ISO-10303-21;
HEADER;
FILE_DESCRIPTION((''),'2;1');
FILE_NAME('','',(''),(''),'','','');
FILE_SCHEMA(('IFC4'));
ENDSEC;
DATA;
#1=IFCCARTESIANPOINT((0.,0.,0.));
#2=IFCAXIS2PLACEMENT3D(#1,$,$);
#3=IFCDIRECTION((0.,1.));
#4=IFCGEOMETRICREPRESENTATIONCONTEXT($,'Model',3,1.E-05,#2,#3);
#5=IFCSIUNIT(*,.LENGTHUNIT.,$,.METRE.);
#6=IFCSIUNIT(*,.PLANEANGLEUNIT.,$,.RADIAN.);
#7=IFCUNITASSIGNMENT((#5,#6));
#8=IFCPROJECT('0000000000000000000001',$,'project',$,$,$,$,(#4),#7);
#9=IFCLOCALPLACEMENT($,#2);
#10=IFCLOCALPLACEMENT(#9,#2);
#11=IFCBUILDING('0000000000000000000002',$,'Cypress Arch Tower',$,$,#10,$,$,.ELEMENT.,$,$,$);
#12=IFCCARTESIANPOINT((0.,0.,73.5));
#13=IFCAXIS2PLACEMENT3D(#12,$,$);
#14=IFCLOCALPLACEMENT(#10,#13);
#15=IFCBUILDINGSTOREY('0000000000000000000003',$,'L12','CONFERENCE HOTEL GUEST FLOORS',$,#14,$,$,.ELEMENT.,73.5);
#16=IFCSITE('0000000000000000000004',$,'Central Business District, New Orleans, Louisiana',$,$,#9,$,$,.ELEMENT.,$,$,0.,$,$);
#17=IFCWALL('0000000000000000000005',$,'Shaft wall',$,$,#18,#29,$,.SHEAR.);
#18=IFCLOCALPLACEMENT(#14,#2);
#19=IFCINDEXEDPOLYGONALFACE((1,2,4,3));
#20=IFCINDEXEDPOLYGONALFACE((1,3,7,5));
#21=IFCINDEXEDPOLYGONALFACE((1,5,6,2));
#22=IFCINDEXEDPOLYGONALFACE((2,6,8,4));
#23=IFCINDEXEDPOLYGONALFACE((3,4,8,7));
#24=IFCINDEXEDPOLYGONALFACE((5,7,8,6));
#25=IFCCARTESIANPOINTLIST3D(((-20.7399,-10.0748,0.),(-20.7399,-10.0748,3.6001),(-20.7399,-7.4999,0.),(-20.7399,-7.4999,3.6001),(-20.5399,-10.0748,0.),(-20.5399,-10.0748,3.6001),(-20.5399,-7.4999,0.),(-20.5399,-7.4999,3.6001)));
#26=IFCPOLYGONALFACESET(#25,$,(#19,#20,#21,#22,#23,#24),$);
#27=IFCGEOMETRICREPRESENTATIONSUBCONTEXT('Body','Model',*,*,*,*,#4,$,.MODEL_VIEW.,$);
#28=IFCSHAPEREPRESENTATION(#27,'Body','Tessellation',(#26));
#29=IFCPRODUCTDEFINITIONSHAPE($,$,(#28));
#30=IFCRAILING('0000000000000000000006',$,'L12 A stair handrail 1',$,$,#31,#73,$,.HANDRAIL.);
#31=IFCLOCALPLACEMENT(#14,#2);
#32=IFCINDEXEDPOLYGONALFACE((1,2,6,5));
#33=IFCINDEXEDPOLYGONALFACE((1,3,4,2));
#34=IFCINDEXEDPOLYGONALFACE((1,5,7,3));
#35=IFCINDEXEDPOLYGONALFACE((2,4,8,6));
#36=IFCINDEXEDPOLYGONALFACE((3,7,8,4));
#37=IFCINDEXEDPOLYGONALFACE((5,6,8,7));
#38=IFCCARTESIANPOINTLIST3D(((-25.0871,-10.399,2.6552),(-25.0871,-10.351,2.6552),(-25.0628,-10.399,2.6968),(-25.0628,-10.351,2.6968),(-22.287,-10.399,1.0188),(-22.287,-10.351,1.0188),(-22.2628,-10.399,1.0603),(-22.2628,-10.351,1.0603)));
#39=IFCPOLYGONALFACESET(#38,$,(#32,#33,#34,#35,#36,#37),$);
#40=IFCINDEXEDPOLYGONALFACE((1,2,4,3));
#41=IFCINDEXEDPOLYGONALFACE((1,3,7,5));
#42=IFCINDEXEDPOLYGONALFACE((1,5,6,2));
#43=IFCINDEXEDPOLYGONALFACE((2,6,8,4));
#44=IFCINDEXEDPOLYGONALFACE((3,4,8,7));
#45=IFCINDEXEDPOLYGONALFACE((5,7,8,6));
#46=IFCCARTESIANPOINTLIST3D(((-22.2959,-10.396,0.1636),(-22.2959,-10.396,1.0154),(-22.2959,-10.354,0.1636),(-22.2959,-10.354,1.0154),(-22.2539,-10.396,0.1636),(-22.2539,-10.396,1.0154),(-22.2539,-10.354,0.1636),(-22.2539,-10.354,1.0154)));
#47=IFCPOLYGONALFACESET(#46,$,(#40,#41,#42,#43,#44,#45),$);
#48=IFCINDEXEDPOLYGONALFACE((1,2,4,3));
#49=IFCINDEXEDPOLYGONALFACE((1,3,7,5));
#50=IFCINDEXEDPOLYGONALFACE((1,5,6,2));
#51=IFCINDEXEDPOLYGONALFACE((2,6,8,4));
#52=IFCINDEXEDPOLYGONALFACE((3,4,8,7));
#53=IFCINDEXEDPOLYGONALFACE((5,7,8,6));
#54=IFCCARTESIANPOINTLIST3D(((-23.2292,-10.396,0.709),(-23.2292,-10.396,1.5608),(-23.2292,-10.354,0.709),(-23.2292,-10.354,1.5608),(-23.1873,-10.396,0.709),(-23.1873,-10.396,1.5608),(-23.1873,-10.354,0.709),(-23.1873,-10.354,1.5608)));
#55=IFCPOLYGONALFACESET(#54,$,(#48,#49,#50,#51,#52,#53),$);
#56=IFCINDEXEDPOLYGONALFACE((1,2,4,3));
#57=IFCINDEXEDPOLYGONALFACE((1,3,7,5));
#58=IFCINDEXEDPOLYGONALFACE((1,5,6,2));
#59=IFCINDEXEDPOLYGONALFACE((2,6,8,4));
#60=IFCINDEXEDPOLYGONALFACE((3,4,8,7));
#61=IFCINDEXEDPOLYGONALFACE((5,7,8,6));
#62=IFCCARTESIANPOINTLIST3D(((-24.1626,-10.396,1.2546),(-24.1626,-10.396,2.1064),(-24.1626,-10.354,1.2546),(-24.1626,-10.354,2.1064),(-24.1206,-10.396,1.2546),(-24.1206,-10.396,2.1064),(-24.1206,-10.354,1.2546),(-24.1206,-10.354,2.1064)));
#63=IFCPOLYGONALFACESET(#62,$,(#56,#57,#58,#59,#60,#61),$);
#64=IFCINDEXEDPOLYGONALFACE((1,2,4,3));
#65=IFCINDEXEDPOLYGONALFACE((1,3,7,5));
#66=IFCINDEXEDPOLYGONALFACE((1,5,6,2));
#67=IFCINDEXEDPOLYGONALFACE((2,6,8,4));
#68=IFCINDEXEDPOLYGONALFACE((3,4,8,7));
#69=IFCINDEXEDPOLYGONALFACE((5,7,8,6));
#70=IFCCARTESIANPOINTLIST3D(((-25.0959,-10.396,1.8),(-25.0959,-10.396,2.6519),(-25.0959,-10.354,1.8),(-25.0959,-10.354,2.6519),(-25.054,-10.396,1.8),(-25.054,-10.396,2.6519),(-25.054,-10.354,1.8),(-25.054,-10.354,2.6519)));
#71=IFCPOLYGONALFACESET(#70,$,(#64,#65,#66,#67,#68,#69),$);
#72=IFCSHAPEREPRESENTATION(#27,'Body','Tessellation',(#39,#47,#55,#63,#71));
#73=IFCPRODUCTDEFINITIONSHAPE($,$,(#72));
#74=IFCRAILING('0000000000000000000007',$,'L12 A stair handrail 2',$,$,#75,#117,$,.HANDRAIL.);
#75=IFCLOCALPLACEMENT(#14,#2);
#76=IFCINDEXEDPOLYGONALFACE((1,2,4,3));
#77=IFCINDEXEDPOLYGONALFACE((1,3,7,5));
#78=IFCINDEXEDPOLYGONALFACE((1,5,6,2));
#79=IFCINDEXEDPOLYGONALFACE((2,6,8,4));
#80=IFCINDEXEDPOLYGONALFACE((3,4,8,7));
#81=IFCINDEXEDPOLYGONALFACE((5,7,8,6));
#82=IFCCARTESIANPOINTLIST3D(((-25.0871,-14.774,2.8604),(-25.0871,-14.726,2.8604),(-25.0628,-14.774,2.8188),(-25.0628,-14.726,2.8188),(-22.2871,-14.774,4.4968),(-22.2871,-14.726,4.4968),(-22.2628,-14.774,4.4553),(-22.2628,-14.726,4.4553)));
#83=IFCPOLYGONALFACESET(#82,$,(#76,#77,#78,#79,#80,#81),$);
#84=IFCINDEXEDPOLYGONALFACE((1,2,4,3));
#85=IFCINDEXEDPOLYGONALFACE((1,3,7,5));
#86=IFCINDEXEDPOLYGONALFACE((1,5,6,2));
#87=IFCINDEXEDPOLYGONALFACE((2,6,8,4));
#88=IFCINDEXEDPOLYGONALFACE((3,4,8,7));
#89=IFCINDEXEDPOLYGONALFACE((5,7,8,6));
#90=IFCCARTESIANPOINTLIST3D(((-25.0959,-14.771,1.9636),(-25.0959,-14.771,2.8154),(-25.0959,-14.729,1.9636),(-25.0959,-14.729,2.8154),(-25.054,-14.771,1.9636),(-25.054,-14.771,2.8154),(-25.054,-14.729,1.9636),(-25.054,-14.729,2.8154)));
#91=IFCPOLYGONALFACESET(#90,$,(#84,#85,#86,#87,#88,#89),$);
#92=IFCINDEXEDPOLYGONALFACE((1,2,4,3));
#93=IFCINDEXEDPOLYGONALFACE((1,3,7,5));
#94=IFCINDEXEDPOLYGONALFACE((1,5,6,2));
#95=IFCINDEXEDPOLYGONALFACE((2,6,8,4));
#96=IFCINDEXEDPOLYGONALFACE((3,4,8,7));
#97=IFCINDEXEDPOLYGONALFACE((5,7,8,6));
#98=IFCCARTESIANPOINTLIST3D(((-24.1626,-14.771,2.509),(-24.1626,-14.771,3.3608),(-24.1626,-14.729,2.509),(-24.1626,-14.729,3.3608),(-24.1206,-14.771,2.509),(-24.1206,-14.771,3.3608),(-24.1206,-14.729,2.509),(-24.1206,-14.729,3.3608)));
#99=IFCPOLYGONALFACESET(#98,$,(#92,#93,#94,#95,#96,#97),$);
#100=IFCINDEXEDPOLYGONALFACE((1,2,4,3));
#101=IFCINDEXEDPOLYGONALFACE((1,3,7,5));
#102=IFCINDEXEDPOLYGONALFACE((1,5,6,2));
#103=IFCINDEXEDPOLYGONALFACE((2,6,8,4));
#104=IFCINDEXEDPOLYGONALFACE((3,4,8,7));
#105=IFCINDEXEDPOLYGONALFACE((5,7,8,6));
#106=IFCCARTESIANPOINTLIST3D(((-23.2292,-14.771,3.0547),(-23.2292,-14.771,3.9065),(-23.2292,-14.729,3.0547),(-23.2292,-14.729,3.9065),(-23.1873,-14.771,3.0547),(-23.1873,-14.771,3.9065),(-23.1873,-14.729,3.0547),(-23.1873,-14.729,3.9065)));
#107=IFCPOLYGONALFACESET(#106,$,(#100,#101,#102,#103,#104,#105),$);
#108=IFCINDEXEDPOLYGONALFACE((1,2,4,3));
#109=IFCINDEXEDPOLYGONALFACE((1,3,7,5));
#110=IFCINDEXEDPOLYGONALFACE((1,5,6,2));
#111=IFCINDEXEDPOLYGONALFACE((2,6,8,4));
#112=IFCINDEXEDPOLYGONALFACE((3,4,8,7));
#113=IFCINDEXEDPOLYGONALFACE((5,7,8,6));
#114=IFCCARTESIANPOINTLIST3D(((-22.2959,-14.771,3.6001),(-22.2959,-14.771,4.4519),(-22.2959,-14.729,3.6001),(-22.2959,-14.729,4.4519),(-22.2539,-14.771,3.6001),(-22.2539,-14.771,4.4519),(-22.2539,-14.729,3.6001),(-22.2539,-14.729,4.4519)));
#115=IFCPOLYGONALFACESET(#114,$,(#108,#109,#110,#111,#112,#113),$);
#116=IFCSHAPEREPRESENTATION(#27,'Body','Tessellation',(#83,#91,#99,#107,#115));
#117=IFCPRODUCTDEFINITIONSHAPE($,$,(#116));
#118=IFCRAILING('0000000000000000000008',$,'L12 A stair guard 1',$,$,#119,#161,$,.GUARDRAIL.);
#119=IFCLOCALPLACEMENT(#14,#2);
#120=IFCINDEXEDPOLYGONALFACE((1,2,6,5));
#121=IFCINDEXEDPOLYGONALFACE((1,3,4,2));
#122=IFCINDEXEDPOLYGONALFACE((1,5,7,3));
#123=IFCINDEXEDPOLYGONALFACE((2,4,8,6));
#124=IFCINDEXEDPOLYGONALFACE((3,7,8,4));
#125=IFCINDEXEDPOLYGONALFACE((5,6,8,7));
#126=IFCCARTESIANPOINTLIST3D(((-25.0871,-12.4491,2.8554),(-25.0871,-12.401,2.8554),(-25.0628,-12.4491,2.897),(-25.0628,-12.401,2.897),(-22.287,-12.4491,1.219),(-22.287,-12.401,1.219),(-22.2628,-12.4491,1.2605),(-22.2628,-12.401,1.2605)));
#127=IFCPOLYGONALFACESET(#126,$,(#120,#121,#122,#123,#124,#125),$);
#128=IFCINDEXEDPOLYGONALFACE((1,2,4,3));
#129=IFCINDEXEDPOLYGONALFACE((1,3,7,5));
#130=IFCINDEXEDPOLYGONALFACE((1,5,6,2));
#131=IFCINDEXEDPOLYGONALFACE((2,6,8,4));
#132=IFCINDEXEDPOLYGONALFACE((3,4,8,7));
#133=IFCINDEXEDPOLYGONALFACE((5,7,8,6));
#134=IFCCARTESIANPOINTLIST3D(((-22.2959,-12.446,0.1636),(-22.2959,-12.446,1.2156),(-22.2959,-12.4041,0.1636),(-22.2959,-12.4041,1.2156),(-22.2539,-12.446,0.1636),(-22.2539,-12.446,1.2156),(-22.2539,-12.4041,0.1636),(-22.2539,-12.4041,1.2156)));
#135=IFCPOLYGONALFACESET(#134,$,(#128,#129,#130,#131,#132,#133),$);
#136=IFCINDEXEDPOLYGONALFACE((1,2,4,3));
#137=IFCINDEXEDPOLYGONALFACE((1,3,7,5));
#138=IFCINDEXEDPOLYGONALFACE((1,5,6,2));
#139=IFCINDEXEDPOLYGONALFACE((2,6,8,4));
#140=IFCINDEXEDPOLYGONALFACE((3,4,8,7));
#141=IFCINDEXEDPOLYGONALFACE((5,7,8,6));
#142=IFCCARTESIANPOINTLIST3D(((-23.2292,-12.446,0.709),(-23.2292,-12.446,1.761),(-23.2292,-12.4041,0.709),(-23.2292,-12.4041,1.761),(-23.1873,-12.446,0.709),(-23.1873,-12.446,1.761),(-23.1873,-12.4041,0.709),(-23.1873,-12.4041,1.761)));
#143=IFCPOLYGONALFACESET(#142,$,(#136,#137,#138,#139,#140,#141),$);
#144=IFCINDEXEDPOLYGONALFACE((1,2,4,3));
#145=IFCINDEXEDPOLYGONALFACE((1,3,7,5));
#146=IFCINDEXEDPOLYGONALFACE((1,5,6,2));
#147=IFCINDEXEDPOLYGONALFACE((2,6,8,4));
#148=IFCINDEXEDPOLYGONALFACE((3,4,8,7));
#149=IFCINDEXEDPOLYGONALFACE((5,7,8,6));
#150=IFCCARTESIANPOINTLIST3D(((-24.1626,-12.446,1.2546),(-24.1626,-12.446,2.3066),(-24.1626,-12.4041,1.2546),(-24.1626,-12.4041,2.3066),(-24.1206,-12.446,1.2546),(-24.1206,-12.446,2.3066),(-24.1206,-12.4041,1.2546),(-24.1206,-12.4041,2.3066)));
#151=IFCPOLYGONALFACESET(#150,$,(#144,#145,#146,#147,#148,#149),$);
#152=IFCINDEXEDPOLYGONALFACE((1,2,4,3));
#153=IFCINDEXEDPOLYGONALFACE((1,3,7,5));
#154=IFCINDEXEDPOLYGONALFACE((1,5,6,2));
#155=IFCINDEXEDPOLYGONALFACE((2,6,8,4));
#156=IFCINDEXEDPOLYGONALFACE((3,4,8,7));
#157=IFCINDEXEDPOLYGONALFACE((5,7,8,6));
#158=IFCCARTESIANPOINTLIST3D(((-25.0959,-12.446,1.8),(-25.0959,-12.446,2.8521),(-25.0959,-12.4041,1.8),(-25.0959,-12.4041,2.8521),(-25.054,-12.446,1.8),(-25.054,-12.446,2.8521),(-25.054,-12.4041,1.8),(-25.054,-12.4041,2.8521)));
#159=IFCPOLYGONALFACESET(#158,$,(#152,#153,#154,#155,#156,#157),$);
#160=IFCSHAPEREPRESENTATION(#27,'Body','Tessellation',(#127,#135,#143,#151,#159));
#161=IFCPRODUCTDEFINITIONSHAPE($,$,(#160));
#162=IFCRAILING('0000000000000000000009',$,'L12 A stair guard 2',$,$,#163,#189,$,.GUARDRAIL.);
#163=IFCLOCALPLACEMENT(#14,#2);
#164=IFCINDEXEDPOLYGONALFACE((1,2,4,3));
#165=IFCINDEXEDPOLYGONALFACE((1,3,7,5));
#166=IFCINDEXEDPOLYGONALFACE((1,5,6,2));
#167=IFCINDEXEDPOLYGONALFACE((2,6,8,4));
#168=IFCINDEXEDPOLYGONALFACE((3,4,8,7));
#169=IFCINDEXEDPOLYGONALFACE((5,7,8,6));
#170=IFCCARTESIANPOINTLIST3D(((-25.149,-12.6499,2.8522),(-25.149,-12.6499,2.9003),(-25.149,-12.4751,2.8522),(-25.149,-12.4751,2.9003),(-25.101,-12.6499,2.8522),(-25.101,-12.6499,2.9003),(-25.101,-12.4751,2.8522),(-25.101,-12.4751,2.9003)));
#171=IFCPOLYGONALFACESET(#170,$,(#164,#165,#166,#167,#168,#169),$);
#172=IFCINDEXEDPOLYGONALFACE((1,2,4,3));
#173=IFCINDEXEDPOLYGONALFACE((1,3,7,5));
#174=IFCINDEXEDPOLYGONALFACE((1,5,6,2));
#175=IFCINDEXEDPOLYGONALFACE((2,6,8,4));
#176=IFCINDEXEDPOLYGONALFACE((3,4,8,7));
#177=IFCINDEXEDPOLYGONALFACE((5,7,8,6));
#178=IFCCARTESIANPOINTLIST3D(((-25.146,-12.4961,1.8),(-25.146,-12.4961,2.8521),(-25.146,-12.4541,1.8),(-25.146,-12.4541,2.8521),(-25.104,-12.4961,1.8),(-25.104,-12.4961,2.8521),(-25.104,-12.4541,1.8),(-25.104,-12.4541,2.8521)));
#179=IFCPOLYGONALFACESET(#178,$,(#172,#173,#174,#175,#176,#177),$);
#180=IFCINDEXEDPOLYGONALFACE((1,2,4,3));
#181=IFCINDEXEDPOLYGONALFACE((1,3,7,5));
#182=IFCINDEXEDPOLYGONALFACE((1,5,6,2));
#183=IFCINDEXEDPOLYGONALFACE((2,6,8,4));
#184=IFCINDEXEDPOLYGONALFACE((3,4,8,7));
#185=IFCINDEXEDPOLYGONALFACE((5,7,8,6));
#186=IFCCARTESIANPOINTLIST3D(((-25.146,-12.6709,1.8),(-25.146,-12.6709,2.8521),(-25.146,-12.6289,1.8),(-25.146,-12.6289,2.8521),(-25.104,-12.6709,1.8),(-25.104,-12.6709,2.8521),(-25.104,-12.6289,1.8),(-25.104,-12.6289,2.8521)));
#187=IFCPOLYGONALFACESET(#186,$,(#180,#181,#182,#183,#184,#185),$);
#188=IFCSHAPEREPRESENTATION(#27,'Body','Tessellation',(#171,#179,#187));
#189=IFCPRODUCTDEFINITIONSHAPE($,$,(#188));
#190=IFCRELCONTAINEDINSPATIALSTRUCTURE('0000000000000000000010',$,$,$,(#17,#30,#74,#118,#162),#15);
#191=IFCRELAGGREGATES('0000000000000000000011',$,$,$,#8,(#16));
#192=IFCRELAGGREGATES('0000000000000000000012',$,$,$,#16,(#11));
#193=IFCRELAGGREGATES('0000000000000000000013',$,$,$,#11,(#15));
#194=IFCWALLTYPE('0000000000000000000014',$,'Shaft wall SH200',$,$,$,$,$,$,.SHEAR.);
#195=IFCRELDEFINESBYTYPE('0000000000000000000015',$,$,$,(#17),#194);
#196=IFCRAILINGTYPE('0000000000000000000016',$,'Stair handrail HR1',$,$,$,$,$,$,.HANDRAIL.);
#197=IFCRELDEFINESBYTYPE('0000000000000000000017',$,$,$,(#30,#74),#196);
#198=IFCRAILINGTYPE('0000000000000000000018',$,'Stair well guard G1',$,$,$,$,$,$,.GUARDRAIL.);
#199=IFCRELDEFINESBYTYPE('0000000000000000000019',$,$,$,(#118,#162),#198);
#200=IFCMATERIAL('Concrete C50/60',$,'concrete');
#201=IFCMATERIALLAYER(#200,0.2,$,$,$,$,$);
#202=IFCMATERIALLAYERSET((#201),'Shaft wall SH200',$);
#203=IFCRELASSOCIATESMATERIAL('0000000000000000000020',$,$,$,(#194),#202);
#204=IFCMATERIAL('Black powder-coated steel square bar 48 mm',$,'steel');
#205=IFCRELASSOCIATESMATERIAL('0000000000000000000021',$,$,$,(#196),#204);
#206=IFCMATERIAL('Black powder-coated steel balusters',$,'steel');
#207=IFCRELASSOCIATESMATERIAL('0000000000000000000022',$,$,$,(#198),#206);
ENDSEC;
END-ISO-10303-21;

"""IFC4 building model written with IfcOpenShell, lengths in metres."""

from ifc_helpers import new_model, si_unit, direction, frame, frame_2d, origin, origin_2d, place, context, subcontext, project, spatial, rectangle, extrude, material, layer, layer_set, type_object, element, save


model = new_model("IFC4")

# Units and contexts
model_context = context("Model", 3, precision=1e-05, world=origin(), true_north=direction((0.0, 1.0)))
body_context = subcontext(model_context, "Body", "Model", "MODEL_VIEW")
ifc_project = project(units=[si_unit("LENGTHUNIT", "METRE"), si_unit("PLANEANGLEUNIT", "RADIAN")], contexts=[model_context])

# Site, building, storey
site_placement = place(None, origin())
site = spatial("IfcSite", under=ifc_project, at=site_placement, Name="Central Business District, New Orleans, Louisiana", CompositionType="ELEMENT", RefElevation=0.0)
building_placement = place(site_placement, origin())
building = spatial("IfcBuilding", under=site, at=building_placement, Name="Cypress Arch Tower", CompositionType="ELEMENT")
storey_placement = place(building_placement, frame((0.0, 0.0, 73.5)))
storey = spatial("IfcBuildingStorey", under=building, at=storey_placement, Name="L12", Description="CONFERENCE HOTEL GUEST FLOORS", CompositionType="ELEMENT", Elevation=73.5)

# Wall
ifc_material_1 = material(Name="Concrete C50/60", Category="concrete")
ifc_layer_1 = layer(ifc_material_1, 0.2)
ifc_layer_set_1 = layer_set([ifc_layer_1], Name="Shaft wall SH200")
wall_type_1 = type_object("IfcWallType", Name="Shaft wall SH200", PredefinedType="SHEAR", material=ifc_layer_set_1)
wall_1_placement = place(storey_placement, frame((-20.6399, -10.075, 0.0), z_axis=(0.0, 0.0, 1.0), x_axis=(0.0, 1.0, 0.0)))
element("IfcWall", 1, at=wall_1_placement, inside=storey, type_object=wall_type_1, Name="Shaft wall", PredefinedType="SHEAR", context=body_context, shape_type="SweptSolid", body=[
    extrude(rectangle(XDim=2.575, YDim=0.2, at=frame_2d((1.2876, 0.0))), origin(), (0.0, 0.0, 1.0), 3.6001),
])

# Railings
ifc_material_2 = material(Name="Black powder-coated steel square bar 48 mm", Category="steel")
railing_type_1 = type_object("IfcRailingType", Name="Stair handrail HR1", PredefinedType="HANDRAIL", material=ifc_material_2)
railing_1_placement = place(storey_placement, frame((-22.2749, -10.375, 0.1636)))
element("IfcRailing", 2, at=railing_1_placement, inside=storey, type_object=railing_type_1, Name="L12 A stair handrail 1", PredefinedType="HANDRAIL", context=body_context, shape_type="SweptSolid", body=[
    extrude(rectangle(XDim=0.0481, YDim=0.0481, at=origin_2d()), frame((0.0, 0.0, 0.876), z_axis=(-0.863361, 0.0, 0.504587), x_axis=(0.0, -1.0, 0.0)), (0.0, 0.0, 1.0), 3.2432),
    extrude(rectangle(XDim=0.042, YDim=0.042, at=origin_2d()), origin(), (0.0, 0.0, 1.0), 0.8518),
    extrude(rectangle(XDim=0.042, YDim=0.042, at=origin_2d()), frame((-0.9333, 0.0, 0.5454)), (0.0, 0.0, 1.0), 0.8518),
    extrude(rectangle(XDim=0.042, YDim=0.042, at=origin_2d()), frame((-1.8667, 0.0, 1.0911)), (0.0, 0.0, 1.0), 0.8518),
    extrude(rectangle(XDim=0.042, YDim=0.042, at=origin_2d()), frame((-2.8, 0.0, 1.6365)), (0.0, 0.0, 1.0), 0.8518),
])
railing_2_placement = place(storey_placement, frame((-25.075, -14.75, 1.9636)))
element("IfcRailing", 3, at=railing_2_placement, inside=storey, type_object=railing_type_1, Name="L12 A stair handrail 2", PredefinedType="HANDRAIL", context=body_context, shape_type="SweptSolid", body=[
    extrude(rectangle(XDim=0.0481, YDim=0.0481, at=origin_2d()), frame((0.0, 0.0, 0.876), z_axis=(0.863361, 0.0, 0.504587), x_axis=(0.0, 1.0, 0.0)), (0.0, 0.0, 1.0), 3.2432),
    extrude(rectangle(XDim=0.042, YDim=0.042, at=origin_2d()), origin(), (0.0, 0.0, 1.0), 0.8518),
    extrude(rectangle(XDim=0.042, YDim=0.042, at=origin_2d()), frame((0.9333, 0.0, 0.5454)), (0.0, 0.0, 1.0), 0.8518),
    extrude(rectangle(XDim=0.042, YDim=0.042, at=origin_2d()), frame((1.8667, 0.0, 1.0911)), (0.0, 0.0, 1.0), 0.8518),
    extrude(rectangle(XDim=0.042, YDim=0.042, at=origin_2d()), frame((2.8, 0.0, 1.6365)), (0.0, 0.0, 1.0), 0.8518),
])
ifc_material_3 = material(Name="Black powder-coated steel balusters", Category="steel")
railing_type_2 = type_object("IfcRailingType", Name="Stair well guard G1", PredefinedType="GUARDRAIL", material=ifc_material_3)
railing_3_placement = place(storey_placement, frame((-22.2749, -12.425, 0.1636)))
element("IfcRailing", 4, at=railing_3_placement, inside=storey, type_object=railing_type_2, Name="L12 A stair guard 1", PredefinedType="GUARDRAIL", context=body_context, shape_type="SweptSolid", body=[
    extrude(rectangle(XDim=0.0481, YDim=0.0481, at=origin_2d()), frame((0.0, 0.0, 1.0762), z_axis=(-0.863361, 0.0, 0.504587), x_axis=(0.0, -1.0, 0.0)), (0.0, 0.0, 1.0), 3.2432),
    extrude(rectangle(XDim=0.042, YDim=0.042, at=origin_2d()), origin(), (0.0, 0.0, 1.0), 1.052),
    extrude(rectangle(XDim=0.042, YDim=0.042, at=origin_2d()), frame((-0.9333, 0.0, 0.5454)), (0.0, 0.0, 1.0), 1.052),
    extrude(rectangle(XDim=0.042, YDim=0.042, at=origin_2d()), frame((-1.8667, 0.0, 1.0911)), (0.0, 0.0, 1.0), 1.052),
    extrude(rectangle(XDim=0.042, YDim=0.042, at=origin_2d()), frame((-2.8, 0.0, 1.6365)), (0.0, 0.0, 1.0), 1.052),
])
railing_4_placement = place(storey_placement, frame((-25.125, -12.4751, 1.8)))
element("IfcRailing", 5, at=railing_4_placement, inside=storey, type_object=railing_type_2, Name="L12 A stair guard 2", PredefinedType="GUARDRAIL", context=body_context, shape_type="SweptSolid", body=[
    extrude(rectangle(XDim=0.0481, YDim=0.0481, at=origin_2d()), frame((0.0, 0.0, 1.0762), z_axis=(0.0, -1.0, 0.0), x_axis=(1.0, 0.0, 0.0)), (0.0, 0.0, 1.0), 0.1748),
    extrude(rectangle(XDim=0.042, YDim=0.042, at=origin_2d()), origin(), (0.0, 0.0, 1.0), 1.052),
    extrude(rectangle(XDim=0.042, YDim=0.042, at=origin_2d()), frame((0.0, -0.1748, 0.0)), (0.0, 0.0, 1.0), 1.052),
])

save(model, "model.ifc")
